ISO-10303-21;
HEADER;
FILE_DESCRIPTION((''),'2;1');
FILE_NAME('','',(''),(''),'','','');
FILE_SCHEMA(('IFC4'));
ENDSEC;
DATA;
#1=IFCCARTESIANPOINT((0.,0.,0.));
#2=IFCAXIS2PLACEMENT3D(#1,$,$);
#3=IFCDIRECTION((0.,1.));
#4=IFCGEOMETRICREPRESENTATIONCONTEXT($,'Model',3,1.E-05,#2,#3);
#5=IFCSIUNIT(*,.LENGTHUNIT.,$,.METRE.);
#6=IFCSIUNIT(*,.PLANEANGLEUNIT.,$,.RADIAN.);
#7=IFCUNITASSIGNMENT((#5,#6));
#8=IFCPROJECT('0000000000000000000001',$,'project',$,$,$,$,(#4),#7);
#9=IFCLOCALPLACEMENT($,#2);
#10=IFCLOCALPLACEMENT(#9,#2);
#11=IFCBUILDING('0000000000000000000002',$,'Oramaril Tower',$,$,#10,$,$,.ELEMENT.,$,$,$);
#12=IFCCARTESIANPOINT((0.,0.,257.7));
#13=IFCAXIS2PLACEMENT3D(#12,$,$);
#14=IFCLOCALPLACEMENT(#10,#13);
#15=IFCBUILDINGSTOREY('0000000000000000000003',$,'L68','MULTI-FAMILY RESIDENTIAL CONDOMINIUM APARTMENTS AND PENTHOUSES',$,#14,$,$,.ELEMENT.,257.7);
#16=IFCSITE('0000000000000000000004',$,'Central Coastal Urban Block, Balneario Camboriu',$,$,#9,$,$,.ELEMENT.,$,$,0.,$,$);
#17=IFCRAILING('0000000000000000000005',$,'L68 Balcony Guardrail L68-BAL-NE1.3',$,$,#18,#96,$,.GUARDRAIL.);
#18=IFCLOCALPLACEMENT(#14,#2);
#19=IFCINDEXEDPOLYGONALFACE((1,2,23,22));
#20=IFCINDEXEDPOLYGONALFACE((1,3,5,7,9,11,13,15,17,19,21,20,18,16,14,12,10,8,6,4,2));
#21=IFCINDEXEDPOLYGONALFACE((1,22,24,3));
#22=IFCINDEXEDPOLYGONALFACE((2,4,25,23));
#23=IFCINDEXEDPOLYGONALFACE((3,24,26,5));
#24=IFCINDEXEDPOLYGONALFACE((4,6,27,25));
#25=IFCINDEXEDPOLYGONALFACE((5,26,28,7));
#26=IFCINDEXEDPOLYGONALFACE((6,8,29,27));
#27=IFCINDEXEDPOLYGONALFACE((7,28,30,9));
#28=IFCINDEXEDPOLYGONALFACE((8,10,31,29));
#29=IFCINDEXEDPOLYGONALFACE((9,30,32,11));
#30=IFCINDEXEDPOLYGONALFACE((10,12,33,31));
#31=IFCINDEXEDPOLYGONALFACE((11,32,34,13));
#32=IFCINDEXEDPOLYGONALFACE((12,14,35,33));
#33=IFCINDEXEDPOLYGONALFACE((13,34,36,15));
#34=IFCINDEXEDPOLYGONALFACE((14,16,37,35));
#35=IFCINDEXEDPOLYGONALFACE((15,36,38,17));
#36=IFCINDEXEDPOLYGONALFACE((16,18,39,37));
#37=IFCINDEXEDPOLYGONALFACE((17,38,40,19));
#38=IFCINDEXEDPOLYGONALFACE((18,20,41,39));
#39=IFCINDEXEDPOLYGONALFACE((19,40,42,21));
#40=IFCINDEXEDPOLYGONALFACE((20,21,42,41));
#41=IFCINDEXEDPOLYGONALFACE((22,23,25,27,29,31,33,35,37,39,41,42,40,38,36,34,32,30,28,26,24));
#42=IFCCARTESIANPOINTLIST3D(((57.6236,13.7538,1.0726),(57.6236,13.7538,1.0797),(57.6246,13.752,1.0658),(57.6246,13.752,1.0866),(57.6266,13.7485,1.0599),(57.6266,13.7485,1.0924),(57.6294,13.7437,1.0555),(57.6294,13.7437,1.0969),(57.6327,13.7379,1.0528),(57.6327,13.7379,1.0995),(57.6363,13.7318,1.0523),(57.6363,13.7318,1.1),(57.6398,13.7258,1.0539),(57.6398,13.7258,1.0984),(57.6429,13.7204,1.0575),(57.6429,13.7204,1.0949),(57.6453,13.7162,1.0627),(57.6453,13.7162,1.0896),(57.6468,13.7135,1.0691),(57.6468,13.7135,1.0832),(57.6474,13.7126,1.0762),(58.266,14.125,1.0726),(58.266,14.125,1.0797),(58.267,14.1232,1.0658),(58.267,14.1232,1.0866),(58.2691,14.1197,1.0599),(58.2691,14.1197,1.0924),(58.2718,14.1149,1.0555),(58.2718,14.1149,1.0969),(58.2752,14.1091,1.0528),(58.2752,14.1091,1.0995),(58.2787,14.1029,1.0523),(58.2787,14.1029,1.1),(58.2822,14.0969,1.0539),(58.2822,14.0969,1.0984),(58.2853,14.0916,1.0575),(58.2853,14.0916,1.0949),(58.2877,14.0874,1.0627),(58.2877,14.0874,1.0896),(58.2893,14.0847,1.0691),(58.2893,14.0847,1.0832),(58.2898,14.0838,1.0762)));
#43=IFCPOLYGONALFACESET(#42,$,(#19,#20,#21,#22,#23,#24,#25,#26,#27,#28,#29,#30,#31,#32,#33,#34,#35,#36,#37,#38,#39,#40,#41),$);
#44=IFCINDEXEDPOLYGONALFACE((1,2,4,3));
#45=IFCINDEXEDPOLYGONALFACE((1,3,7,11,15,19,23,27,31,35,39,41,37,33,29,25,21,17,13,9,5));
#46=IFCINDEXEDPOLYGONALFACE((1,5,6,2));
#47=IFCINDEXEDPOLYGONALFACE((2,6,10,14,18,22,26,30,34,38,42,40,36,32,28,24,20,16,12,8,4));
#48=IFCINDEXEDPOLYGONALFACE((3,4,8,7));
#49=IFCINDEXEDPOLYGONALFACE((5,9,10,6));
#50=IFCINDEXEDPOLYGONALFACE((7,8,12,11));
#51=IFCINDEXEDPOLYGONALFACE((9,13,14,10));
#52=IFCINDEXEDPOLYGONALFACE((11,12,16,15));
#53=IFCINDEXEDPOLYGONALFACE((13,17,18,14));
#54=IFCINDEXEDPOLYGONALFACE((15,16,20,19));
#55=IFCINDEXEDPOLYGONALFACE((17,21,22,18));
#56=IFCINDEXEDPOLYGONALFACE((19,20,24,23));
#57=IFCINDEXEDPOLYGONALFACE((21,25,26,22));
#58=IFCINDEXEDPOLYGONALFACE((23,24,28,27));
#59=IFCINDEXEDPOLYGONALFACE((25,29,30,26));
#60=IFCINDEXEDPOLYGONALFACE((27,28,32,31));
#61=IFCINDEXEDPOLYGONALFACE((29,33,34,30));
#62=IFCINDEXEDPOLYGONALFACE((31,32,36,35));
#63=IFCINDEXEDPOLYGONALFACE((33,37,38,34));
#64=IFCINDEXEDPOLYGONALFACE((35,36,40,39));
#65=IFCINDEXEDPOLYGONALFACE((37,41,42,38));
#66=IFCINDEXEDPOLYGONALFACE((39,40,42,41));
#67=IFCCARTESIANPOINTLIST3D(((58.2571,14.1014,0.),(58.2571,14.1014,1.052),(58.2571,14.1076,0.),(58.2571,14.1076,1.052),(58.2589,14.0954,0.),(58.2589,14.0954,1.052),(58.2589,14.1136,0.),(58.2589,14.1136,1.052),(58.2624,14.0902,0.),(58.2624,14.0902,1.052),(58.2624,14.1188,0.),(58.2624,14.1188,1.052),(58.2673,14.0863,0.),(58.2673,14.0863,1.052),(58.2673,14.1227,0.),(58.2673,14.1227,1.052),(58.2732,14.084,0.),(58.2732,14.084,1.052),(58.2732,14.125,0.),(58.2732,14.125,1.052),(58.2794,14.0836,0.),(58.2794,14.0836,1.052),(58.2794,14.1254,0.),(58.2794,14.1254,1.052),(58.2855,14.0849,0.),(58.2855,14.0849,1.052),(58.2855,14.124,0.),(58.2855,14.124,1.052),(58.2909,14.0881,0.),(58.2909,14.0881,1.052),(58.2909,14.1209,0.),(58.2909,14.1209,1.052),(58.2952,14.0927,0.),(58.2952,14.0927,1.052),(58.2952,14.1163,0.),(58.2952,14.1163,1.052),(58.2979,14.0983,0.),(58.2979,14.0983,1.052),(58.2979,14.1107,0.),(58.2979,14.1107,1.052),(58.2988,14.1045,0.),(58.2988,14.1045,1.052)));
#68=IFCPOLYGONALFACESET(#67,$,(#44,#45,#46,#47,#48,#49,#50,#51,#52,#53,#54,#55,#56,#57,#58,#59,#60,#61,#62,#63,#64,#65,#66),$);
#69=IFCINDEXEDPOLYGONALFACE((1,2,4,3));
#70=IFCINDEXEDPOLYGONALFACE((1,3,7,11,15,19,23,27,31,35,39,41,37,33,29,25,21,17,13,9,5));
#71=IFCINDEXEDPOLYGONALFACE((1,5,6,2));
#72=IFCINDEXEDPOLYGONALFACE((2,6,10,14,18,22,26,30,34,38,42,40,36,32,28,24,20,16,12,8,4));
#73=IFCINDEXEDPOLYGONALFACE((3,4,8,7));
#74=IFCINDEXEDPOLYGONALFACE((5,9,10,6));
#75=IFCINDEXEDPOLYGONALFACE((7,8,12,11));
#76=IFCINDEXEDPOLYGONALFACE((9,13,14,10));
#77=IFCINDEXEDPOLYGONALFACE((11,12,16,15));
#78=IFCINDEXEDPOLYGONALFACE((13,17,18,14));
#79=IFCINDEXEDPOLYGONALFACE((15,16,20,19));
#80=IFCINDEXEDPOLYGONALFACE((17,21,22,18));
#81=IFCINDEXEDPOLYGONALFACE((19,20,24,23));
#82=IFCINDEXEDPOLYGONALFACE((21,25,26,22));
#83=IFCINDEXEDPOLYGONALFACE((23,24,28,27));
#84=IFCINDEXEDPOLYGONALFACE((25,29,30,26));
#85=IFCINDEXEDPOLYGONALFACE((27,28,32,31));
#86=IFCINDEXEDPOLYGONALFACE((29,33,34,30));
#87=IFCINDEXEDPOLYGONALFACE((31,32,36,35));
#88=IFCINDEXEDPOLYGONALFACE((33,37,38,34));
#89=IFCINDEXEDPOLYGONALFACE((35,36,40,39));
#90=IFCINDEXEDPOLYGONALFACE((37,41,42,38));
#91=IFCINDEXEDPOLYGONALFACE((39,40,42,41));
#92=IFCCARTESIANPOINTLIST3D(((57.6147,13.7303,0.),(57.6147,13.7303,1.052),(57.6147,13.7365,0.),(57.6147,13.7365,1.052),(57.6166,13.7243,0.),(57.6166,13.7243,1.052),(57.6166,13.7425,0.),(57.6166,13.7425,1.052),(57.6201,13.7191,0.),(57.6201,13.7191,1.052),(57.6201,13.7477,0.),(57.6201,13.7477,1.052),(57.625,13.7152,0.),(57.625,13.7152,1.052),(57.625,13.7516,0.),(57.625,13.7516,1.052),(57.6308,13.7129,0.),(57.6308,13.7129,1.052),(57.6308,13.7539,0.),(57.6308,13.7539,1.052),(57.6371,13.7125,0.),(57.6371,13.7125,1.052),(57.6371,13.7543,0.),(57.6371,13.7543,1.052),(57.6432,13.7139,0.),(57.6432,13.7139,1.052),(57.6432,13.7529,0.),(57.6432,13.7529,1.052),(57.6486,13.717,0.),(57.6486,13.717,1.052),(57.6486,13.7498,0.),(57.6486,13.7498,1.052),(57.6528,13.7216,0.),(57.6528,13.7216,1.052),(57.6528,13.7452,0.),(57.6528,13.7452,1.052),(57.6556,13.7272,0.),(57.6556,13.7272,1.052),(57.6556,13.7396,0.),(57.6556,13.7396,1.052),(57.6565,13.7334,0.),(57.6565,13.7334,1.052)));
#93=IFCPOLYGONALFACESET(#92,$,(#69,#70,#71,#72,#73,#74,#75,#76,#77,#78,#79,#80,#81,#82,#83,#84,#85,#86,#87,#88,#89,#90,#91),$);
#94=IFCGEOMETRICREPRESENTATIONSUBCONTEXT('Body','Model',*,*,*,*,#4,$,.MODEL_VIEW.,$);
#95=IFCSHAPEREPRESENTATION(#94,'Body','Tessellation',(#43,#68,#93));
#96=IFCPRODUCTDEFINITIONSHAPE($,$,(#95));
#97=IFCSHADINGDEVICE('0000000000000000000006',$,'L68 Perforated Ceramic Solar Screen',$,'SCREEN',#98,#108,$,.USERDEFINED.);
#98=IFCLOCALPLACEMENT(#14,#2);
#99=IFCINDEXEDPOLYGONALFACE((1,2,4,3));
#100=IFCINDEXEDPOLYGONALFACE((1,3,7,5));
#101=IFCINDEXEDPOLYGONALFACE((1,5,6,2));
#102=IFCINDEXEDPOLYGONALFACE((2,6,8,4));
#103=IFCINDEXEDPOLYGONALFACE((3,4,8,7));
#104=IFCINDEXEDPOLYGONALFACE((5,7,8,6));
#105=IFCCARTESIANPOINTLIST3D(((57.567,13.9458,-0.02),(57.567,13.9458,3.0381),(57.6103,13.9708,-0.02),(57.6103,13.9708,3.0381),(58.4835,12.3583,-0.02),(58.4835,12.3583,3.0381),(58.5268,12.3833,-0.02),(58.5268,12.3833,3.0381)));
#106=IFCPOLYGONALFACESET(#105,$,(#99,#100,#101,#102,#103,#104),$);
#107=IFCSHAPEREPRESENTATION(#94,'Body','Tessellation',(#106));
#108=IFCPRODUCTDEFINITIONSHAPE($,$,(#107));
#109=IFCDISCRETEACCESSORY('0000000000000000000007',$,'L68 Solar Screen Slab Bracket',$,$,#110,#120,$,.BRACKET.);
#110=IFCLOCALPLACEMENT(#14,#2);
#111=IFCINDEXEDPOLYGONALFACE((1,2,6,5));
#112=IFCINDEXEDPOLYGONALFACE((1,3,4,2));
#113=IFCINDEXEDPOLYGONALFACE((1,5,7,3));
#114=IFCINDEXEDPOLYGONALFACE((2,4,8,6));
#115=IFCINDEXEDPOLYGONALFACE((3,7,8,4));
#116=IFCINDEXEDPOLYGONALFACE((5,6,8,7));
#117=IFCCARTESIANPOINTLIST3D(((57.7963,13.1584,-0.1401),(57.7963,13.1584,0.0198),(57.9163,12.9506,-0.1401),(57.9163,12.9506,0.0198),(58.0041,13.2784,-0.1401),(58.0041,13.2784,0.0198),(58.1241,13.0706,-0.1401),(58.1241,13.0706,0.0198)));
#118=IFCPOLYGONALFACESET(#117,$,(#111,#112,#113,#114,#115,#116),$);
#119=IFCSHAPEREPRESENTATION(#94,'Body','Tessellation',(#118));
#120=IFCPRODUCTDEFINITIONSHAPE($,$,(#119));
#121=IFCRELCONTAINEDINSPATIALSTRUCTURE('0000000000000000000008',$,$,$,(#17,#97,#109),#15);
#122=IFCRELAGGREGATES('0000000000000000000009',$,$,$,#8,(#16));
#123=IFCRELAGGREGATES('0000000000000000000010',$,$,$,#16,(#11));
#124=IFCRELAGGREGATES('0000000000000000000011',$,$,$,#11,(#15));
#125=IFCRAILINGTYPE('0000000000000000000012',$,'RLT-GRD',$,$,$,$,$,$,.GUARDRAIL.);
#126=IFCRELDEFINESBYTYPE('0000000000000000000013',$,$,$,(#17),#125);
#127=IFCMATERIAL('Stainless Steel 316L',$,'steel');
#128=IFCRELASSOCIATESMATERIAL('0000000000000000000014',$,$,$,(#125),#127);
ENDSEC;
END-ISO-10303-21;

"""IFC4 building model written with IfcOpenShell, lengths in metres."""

from ifc_helpers import new_model, si_unit, direction, frame, origin, origin_2d, place, context, subcontext, project, spatial, rectangle, circle, extrude, material, type_object, element, save


model = new_model("IFC4")

# Units and contexts
model_context = context("Model", 3, precision=1e-05, world=origin(), true_north=direction((0.0, 1.0)))
body_context = subcontext(model_context, "Body", "Model", "MODEL_VIEW")
ifc_project = project(units=[si_unit("LENGTHUNIT", "METRE"), si_unit("PLANEANGLEUNIT", "RADIAN")], contexts=[model_context])

# Site, building, storey
site_placement = place(None, origin())
site = spatial("IfcSite", under=ifc_project, at=site_placement, Name="Central Coastal Urban Block, Balneario Camboriu", CompositionType="ELEMENT", RefElevation=0.0)
building_placement = place(site_placement, origin())
building = spatial("IfcBuilding", under=site, at=building_placement, Name="Oramaril Tower", CompositionType="ELEMENT")
storey_placement = place(building_placement, frame((0.0, 0.0, 257.7)))
storey = spatial("IfcBuildingStorey", under=building, at=storey_placement, Name="L68", Description="MULTI-FAMILY RESIDENTIAL CONDOMINIUM APARTMENTS AND PENTHOUSES", CompositionType="ELEMENT", Elevation=257.7)

# Railing
ifc_material_1 = material(Name="Stainless Steel 316L", Category="steel")
railing_type = type_object("IfcRailingType", Name="RLT-GRD", PredefinedType="GUARDRAIL", material=ifc_material_1)
railing_1_placement = place(storey_placement, frame((58.2778, 14.1045, 0.0)))
element("IfcRailing", 1, at=railing_1_placement, inside=storey, type_object=railing_type, Name="L68 Balcony Guardrail L68-BAL-NE1.3", PredefinedType="GUARDRAIL", context=body_context, shape_type="SweptSolid", body=[
    extrude(circle(Radius=0.0239, at=origin_2d()), frame((0.0, 0.0, 1.0762), z_axis=(-0.865884, -0.500245, 0.0), x_axis=(0.500245, -0.865884, 0.0)), (0.0, 0.0, 1.0), 0.7419),
    extrude(circle(Radius=0.021, at=origin_2d()), origin(), (0.0, 0.0, 1.0), 1.052),
    extrude(circle(Radius=0.021, at=origin_2d()), frame((-0.6423, -0.3711, 0.0)), (0.0, 0.0, 1.0), 1.052),
])

# Shading device
shading_device_placement = place(storey_placement, frame((58.0469, 13.1646, -0.02), z_axis=(0.0, 0.0, 1.0), x_axis=(-0.5, 0.866025, 0.0)))
element("IfcShadingDevice", 2, at=shading_device_placement, inside=storey, Name="L68 Perforated Ceramic Solar Screen", ObjectType="SCREEN", PredefinedType="USERDEFINED", context=body_context, shape_type="SweptSolid", body=[
    extrude(rectangle(XDim=1.833, YDim=0.05, at=origin_2d()), origin(), (0.0, 0.0, 1.0), 3.0581),
])

# Discrete accessory
discrete_accessory_placement = place(storey_placement, frame((57.9602, 13.1145, -0.1401), z_axis=(0.0, 0.0, 1.0), x_axis=(-0.5, 0.866025, 0.0)))
element("IfcDiscreteAccessory", 3, at=discrete_accessory_placement, inside=storey, Name="L68 Solar Screen Slab Bracket", PredefinedType="BRACKET", context=body_context, shape_type="SweptSolid", body=[
    extrude(rectangle(XDim=0.24, YDim=0.24, at=origin_2d()), origin(), (0.0, 0.0, 1.0), 0.1599),
])

save(model, "model.ifc")
